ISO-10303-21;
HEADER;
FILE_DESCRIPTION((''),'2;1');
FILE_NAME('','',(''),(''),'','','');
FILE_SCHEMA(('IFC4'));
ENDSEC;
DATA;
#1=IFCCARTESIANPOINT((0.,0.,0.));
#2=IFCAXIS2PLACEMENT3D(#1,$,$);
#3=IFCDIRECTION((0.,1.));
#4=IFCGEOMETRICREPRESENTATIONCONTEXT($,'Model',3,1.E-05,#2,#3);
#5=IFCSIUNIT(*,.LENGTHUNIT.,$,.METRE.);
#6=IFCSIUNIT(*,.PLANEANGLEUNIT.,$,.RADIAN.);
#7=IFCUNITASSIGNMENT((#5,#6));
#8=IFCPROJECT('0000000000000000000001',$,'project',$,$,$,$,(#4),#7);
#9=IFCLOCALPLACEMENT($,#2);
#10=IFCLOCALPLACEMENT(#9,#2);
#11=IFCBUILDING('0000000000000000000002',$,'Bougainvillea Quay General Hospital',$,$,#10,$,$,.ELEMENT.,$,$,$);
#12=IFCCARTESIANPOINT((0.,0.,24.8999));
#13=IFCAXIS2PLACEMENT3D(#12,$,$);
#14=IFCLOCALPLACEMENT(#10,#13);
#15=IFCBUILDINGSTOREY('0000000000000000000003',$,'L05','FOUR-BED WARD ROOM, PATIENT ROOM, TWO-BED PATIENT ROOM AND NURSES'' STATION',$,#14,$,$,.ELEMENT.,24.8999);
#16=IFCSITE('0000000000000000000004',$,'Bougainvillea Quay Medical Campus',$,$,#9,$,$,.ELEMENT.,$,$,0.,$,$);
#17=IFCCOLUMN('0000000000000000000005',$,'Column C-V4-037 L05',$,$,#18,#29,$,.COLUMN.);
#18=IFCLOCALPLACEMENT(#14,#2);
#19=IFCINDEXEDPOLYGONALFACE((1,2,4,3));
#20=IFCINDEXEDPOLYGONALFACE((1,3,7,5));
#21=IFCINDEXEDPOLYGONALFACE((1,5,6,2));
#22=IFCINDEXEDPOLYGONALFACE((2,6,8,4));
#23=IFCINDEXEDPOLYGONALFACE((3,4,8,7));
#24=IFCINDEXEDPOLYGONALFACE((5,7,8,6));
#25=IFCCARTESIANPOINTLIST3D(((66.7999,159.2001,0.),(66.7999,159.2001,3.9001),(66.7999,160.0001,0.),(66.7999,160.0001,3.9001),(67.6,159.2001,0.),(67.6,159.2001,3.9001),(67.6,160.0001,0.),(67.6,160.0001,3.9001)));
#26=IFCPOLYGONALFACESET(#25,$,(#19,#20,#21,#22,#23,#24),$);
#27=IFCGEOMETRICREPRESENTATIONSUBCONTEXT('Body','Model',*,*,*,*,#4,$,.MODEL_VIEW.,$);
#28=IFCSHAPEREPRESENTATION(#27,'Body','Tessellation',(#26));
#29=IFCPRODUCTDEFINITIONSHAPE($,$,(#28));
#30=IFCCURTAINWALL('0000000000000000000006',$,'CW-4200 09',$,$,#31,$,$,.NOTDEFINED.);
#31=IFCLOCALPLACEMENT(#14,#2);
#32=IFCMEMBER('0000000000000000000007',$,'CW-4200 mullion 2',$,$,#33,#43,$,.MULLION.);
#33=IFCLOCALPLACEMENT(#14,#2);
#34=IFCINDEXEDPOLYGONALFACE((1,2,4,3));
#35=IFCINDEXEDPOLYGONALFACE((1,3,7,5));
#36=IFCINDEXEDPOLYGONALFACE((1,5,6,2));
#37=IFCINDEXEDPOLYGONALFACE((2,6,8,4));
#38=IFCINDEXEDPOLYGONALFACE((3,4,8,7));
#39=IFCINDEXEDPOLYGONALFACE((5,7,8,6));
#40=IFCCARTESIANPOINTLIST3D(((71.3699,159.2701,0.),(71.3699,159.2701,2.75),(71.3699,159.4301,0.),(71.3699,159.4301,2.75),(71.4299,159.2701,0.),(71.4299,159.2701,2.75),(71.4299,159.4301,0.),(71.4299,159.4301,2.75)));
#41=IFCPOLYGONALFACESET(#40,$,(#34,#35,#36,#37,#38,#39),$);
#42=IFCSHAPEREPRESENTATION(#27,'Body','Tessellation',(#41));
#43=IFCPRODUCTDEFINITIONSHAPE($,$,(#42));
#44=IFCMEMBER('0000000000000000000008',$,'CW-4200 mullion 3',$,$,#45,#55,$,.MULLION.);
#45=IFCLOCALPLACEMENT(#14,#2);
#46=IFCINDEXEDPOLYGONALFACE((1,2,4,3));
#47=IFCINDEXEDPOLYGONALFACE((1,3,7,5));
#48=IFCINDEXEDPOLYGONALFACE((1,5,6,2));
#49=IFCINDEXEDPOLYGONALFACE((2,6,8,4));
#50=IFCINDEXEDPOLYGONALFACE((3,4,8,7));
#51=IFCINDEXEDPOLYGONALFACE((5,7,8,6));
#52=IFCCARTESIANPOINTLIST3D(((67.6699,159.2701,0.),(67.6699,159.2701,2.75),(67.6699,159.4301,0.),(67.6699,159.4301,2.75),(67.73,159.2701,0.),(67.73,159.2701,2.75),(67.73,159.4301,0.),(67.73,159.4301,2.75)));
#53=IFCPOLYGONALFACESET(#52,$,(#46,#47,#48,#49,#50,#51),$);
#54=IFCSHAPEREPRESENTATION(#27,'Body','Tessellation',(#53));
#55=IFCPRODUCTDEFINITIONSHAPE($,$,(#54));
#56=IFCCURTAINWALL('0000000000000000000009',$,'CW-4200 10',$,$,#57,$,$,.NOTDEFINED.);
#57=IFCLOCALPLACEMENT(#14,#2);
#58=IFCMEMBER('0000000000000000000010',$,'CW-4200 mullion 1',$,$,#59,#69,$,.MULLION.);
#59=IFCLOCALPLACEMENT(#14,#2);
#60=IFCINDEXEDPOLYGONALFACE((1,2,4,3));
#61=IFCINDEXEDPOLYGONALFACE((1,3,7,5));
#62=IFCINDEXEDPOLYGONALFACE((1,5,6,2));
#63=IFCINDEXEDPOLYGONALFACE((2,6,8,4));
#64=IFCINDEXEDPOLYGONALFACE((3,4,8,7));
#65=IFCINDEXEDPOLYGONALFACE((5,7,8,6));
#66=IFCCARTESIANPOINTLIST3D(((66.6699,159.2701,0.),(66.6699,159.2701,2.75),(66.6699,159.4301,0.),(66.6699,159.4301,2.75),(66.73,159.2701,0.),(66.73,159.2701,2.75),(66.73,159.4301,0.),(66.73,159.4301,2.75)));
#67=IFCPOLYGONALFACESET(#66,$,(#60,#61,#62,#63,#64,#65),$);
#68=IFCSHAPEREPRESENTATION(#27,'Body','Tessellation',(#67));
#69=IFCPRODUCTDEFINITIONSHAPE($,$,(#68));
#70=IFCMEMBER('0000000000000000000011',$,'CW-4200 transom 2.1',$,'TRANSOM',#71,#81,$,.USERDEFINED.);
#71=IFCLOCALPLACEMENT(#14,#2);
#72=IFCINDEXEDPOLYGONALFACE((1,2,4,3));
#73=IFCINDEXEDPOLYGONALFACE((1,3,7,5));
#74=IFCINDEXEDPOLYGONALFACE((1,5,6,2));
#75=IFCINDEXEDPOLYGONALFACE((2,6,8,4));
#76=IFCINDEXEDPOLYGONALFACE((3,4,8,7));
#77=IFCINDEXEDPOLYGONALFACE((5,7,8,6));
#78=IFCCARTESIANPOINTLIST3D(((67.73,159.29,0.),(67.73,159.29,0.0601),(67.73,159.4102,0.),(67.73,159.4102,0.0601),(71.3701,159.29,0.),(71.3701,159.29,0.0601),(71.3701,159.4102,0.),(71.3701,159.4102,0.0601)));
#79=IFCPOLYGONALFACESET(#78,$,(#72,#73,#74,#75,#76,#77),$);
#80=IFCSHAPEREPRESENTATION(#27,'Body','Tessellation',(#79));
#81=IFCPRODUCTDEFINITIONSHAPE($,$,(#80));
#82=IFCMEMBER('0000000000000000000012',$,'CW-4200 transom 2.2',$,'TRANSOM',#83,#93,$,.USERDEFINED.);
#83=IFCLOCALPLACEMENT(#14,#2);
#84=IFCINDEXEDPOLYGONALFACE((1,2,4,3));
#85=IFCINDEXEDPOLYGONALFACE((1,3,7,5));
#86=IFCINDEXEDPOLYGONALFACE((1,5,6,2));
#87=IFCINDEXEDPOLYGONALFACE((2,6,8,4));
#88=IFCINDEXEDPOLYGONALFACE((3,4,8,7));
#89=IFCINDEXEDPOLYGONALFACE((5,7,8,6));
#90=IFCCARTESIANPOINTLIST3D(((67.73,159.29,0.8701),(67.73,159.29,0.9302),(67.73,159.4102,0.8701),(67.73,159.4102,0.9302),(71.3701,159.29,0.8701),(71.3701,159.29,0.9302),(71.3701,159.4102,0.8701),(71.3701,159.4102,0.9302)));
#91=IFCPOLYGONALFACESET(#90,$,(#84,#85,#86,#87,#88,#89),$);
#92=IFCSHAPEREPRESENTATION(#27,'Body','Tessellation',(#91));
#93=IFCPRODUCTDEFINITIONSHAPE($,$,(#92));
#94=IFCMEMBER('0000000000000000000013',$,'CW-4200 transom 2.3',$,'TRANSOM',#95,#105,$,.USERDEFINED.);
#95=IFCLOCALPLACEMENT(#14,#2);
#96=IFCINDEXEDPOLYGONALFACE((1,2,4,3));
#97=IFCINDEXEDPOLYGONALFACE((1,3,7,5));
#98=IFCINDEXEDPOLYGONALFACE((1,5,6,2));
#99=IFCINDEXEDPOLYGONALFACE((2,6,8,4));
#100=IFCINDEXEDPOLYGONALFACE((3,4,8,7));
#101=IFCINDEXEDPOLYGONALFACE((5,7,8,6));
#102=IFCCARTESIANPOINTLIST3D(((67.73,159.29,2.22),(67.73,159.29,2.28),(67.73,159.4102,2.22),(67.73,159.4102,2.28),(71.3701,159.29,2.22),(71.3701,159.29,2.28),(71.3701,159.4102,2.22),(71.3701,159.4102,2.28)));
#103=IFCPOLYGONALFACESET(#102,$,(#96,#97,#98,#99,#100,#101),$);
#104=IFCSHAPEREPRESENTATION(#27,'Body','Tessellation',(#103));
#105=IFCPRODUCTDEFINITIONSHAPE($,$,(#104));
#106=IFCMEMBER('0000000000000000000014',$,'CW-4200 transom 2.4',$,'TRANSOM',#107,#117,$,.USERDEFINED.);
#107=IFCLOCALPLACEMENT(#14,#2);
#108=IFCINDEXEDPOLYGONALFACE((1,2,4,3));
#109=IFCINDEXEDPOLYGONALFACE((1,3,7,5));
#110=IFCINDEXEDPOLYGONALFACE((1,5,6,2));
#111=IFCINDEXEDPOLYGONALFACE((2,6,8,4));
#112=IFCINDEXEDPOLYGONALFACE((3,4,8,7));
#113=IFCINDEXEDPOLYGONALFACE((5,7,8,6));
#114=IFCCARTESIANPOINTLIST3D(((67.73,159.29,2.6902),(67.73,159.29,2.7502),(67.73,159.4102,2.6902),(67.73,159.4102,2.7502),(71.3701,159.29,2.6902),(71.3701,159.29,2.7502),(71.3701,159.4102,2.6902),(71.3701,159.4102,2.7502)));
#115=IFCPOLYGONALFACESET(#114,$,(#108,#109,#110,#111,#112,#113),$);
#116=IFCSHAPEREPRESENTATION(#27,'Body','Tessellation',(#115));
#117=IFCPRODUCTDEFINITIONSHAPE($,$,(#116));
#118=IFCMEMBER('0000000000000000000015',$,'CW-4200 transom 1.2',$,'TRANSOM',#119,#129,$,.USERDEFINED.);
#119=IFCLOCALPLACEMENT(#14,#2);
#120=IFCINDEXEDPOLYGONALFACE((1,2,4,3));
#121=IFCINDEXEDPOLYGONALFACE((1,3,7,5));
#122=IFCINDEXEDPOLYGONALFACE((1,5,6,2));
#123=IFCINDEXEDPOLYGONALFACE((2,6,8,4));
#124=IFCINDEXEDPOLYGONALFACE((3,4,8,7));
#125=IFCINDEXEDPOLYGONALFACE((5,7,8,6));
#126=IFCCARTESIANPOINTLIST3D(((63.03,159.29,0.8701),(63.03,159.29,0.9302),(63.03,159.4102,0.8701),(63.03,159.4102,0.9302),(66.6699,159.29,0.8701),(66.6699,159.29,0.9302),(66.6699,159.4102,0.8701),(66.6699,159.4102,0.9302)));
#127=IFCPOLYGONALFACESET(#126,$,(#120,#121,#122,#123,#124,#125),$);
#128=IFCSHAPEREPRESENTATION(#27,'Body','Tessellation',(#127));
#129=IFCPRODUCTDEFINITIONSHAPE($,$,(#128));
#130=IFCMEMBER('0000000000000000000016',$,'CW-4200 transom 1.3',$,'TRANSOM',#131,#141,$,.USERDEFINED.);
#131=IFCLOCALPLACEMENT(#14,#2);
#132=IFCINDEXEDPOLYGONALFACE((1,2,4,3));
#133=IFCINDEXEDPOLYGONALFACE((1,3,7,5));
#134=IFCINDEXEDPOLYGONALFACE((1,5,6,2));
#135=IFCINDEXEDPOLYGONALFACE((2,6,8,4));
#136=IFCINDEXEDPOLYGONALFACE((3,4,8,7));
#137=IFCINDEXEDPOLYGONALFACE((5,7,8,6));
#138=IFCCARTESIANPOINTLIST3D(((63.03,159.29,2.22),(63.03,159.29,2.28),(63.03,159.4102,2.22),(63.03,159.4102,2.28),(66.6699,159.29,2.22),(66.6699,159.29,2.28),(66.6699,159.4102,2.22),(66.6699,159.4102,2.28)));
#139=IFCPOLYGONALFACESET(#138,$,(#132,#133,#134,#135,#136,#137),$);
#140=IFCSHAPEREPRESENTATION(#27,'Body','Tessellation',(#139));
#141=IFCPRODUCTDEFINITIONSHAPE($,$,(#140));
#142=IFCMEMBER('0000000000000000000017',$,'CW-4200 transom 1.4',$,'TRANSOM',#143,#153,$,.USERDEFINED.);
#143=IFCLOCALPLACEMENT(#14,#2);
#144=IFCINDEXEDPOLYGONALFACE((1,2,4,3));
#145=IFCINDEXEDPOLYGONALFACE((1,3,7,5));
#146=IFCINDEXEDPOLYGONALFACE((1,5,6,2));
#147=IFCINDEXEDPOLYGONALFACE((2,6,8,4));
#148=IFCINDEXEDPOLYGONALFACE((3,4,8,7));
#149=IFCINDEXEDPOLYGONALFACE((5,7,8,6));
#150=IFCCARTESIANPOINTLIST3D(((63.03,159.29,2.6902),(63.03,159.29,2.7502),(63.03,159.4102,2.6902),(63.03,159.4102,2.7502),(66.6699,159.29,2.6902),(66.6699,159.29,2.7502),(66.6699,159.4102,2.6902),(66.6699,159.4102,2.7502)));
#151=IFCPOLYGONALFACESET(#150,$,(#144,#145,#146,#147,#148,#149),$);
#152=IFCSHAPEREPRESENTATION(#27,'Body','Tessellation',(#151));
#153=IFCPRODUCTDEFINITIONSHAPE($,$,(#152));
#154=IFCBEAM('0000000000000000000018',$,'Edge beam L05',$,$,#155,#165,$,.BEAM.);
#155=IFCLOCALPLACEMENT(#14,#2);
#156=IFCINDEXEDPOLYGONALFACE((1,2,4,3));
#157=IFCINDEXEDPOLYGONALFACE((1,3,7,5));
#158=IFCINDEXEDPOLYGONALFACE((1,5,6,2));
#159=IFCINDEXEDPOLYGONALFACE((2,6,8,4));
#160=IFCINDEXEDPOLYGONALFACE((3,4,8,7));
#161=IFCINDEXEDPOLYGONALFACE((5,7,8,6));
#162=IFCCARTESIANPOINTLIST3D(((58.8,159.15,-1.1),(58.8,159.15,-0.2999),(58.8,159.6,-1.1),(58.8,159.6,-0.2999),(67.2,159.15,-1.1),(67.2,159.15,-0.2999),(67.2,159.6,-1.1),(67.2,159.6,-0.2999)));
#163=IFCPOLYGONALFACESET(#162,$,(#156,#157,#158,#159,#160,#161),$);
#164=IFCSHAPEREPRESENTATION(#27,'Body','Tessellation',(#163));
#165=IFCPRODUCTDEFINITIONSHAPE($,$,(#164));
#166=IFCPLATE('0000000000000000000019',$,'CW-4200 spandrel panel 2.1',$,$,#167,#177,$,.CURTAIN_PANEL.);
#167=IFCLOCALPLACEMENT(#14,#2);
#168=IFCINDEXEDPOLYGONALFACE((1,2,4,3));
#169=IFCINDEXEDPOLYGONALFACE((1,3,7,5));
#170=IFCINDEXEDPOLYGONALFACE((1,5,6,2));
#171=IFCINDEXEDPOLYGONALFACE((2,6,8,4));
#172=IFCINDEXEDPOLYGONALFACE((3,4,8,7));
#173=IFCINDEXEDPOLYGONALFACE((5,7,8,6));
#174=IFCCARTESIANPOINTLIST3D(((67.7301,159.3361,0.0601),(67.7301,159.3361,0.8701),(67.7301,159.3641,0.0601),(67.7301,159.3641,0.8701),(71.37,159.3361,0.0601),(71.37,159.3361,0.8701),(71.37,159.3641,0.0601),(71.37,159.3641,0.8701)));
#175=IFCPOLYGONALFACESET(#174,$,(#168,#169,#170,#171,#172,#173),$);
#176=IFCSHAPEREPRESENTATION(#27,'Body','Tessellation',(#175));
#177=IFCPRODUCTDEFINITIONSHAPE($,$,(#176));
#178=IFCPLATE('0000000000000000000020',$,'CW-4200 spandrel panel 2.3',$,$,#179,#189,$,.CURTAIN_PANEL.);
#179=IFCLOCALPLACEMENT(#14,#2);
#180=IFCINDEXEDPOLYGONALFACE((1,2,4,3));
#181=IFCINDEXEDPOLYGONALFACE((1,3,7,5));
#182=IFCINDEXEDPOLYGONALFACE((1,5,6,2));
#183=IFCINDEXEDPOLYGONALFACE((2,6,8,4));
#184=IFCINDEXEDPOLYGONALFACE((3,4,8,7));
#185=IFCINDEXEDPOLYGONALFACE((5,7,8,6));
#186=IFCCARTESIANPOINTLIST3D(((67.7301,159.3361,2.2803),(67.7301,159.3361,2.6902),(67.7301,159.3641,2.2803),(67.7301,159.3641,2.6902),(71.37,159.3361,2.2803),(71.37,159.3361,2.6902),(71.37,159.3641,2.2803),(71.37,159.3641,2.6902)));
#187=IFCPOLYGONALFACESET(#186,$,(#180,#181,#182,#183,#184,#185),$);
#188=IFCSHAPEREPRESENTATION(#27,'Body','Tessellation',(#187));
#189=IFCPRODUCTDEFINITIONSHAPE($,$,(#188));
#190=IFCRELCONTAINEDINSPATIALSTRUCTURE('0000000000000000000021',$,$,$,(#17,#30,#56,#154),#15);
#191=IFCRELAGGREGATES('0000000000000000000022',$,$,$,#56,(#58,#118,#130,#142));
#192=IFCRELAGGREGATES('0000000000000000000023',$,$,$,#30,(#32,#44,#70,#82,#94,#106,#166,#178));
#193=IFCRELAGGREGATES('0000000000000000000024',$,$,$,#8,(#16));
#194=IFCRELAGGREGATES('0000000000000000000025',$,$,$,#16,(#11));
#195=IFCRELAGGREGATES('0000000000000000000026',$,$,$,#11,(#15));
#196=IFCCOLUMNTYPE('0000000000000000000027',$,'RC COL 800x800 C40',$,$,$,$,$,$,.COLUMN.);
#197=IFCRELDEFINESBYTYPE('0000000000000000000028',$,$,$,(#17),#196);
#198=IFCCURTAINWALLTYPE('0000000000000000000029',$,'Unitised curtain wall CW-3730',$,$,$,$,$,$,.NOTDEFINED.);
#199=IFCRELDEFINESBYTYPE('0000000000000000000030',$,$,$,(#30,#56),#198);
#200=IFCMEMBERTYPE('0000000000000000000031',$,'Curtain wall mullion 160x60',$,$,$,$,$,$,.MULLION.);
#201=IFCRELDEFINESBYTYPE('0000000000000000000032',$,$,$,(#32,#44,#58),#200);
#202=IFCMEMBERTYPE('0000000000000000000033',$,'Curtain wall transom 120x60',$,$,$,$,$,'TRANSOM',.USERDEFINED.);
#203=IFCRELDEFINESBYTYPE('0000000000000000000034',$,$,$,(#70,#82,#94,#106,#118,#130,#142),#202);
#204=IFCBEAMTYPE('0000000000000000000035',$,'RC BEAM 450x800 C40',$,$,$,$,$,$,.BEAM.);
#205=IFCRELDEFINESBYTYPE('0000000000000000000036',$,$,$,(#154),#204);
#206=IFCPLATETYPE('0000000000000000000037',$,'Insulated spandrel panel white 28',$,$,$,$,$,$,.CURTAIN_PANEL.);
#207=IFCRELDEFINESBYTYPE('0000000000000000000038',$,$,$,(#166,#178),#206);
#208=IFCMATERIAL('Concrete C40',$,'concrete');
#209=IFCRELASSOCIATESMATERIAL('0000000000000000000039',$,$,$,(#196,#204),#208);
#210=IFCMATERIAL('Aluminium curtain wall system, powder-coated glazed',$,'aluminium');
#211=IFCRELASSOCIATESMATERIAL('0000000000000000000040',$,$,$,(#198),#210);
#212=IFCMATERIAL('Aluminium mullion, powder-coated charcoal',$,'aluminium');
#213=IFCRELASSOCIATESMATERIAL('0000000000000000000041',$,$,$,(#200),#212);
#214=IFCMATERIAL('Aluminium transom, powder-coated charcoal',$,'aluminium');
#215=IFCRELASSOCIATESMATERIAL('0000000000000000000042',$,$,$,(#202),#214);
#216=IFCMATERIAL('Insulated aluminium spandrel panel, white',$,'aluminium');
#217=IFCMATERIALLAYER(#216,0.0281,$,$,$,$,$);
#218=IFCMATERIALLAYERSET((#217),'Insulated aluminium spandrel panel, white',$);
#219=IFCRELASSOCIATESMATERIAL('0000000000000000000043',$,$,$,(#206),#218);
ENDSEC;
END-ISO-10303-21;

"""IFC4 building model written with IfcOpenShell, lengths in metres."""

from ifc_helpers import new_model, si_unit, direction, frame, origin, origin_2d, place, context, subcontext, project, spatial, rectangle, extrude, material, layer, layer_set, material_profile, profile_set, type_object, element, aggregate, save


model = new_model("IFC4")

# Units and contexts
model_context = context("Model", 3, precision=1e-05, world=origin(), true_north=direction((0.0, 1.0)))
body_context = subcontext(model_context, "Body", "Model", "MODEL_VIEW")
ifc_project = project(units=[si_unit("LENGTHUNIT", "METRE"), si_unit("PLANEANGLEUNIT", "RADIAN")], contexts=[model_context])

# Site, building, storey
site_placement = place(None, origin())
site = spatial("IfcSite", under=ifc_project, at=site_placement, Name="Bougainvillea Quay Medical Campus", CompositionType="ELEMENT", RefElevation=0.0)
building_placement = place(site_placement, origin())
building = spatial("IfcBuilding", under=site, at=building_placement, Name="Bougainvillea Quay General Hospital", CompositionType="ELEMENT")
storey_placement = place(building_placement, frame((0.0, 0.0, 24.8999)))
storey = spatial("IfcBuildingStorey", under=building, at=storey_placement, Name="L05", Description="FOUR-BED WARD ROOM, PATIENT ROOM, TWO-BED PATIENT ROOM AND NURSES' STATION", CompositionType="ELEMENT", Elevation=24.8999)

# Column
ifc_material_1 = material(Name="Concrete C40", Category="concrete")
ifc_material_profile_1 = material_profile(ifc_material_1, rectangle(XDim=0.8, YDim=0.8, at=origin_2d()))
ifc_profile_set_1 = profile_set([ifc_material_profile_1], Name="Concrete C40")
column_type = type_object("IfcColumnType", Name="RC COL 800x800 C40", PredefinedType="COLUMN", material=ifc_profile_set_1)
column_placement = place(storey_placement, frame((67.2, 159.6001, 0.0), z_axis=(0.0, 0.0, 1.0), x_axis=(1.0, 0.0, 0.0)))
element("IfcColumn", 1, at=column_placement, inside=storey, type_object=column_type, Name="Column C-V4-037 L05", PredefinedType="COLUMN", context=body_context, shape_type="SweptSolid", body=[
    extrude(rectangle(XDim=0.8, YDim=0.8, at=origin_2d()), origin(), (0.0, 0.0, 1.0), 3.9001),
])

# Curtain wall, members
ifc_material_2 = material(Name="Aluminium curtain wall system, powder-coated glazed", Category="aluminium")
curtain_wall_type = type_object("IfcCurtainWallType", Name="Unitised curtain wall CW-3730", PredefinedType="NOTDEFINED", material=ifc_material_2)
curtain_wall_1_placement = place(storey_placement, origin())
curtain_wall_1 = element("IfcCurtainWall", 2, at=curtain_wall_1_placement, inside=storey, type_object=curtain_wall_type, Name="CW-4200 09", PredefinedType="NOTDEFINED")
ifc_material_3 = material(Name="Aluminium mullion, powder-coated charcoal", Category="aluminium")
ifc_material_profile_2 = material_profile(ifc_material_3, rectangle(XDim=0.1599, YDim=0.0601, at=origin_2d()))
ifc_profile_set_2 = profile_set([ifc_material_profile_2], Name="Aluminium mullion, powder-coated charcoal")
member_type_1 = type_object("IfcMemberType", Name="Curtain wall mullion 160x60", PredefinedType="MULLION", material=ifc_profile_set_2)
member_1_placement = place(storey_placement, frame((71.3999, 159.3501, 0.0), z_axis=(0.0, 0.0, 1.0), x_axis=(0.0, -1.0, 0.0)))
member_1 = element("IfcMember", 3, at=member_1_placement, type_object=member_type_1, Name="CW-4200 mullion 2", PredefinedType="MULLION", context=body_context, shape_type="SweptSolid", body=[
    extrude(rectangle(XDim=0.1599, YDim=0.0601, at=origin_2d()), origin(), (0.0, 0.0, 1.0), 2.75),
])
member_2_placement = place(storey_placement, frame((67.7, 159.3501, 0.0), z_axis=(0.0, 0.0, 1.0), x_axis=(0.0, -1.0, 0.0)))
member_2 = element("IfcMember", 4, at=member_2_placement, type_object=member_type_1, Name="CW-4200 mullion 3", PredefinedType="MULLION", context=body_context, shape_type="SweptSolid", body=[
    extrude(rectangle(XDim=0.1599, YDim=0.0601, at=origin_2d()), origin(), (0.0, 0.0, 1.0), 2.75),
])

# Curtain wall, member
curtain_wall_2_placement = place(storey_placement, origin())
curtain_wall_2 = element("IfcCurtainWall", 5, at=curtain_wall_2_placement, inside=storey, type_object=curtain_wall_type, Name="CW-4200 10", PredefinedType="NOTDEFINED")
member_3_placement = place(storey_placement, frame((66.7, 159.3501, 0.0), z_axis=(0.0, 0.0, 1.0), x_axis=(0.0, -1.0, 0.0)))
member_3 = element("IfcMember", 6, at=member_3_placement, type_object=member_type_1, Name="CW-4200 mullion 1", PredefinedType="MULLION", context=body_context, shape_type="SweptSolid", body=[
    extrude(rectangle(XDim=0.1599, YDim=0.0601, at=origin_2d()), origin(), (0.0, 0.0, 1.0), 2.75),
])

# Members
ifc_material_4 = material(Name="Aluminium transom, powder-coated charcoal", Category="aluminium")
ifc_material_profile_3 = material_profile(ifc_material_4, rectangle(XDim=0.1201, YDim=0.0601, at=origin_2d()))
ifc_profile_set_3 = profile_set([ifc_material_profile_3], Name="Aluminium transom, powder-coated charcoal")
member_type_2 = type_object("IfcMemberType", Name="Curtain wall transom 120x60", ElementType="TRANSOM", PredefinedType="USERDEFINED", material=ifc_profile_set_3)
member_4_placement = place(storey_placement, frame((71.3701, 159.3501, 0.03), z_axis=(-1.0, 0.0, 0.0), x_axis=(0.0, -1.0, 0.0)))
member_4 = element("IfcMember", 7, at=member_4_placement, type_object=member_type_2, Name="CW-4200 transom 2.1", ObjectType="TRANSOM", PredefinedType="USERDEFINED", context=body_context, shape_type="SweptSolid", body=[
    extrude(rectangle(XDim=0.1201, YDim=0.0601, at=origin_2d()), origin(), (0.0, 0.0, 1.0), 3.6401),
])
member_5_placement = place(storey_placement, frame((71.3701, 159.3501, 0.9001), z_axis=(-1.0, 0.0, 0.0), x_axis=(0.0, -1.0, 0.0)))
member_5 = element("IfcMember", 8, at=member_5_placement, type_object=member_type_2, Name="CW-4200 transom 2.2", ObjectType="TRANSOM", PredefinedType="USERDEFINED", context=body_context, shape_type="SweptSolid", body=[
    extrude(rectangle(XDim=0.1201, YDim=0.0601, at=origin_2d()), origin(), (0.0, 0.0, 1.0), 3.6401),
])
member_6_placement = place(storey_placement, frame((71.3701, 159.3501, 2.25), z_axis=(-1.0, 0.0, 0.0), x_axis=(0.0, -1.0, 0.0)))
member_6 = element("IfcMember", 9, at=member_6_placement, type_object=member_type_2, Name="CW-4200 transom 2.3", ObjectType="TRANSOM", PredefinedType="USERDEFINED", context=body_context, shape_type="SweptSolid", body=[
    extrude(rectangle(XDim=0.1201, YDim=0.0601, at=origin_2d()), origin(), (0.0, 0.0, 1.0), 3.6401),
])
member_7_placement = place(storey_placement, frame((71.3701, 159.3501, 2.7202), z_axis=(-1.0, 0.0, 0.0), x_axis=(0.0, -1.0, 0.0)))
member_7 = element("IfcMember", 10, at=member_7_placement, type_object=member_type_2, Name="CW-4200 transom 2.4", ObjectType="TRANSOM", PredefinedType="USERDEFINED", context=body_context, shape_type="SweptSolid", body=[
    extrude(rectangle(XDim=0.1201, YDim=0.0601, at=origin_2d()), origin(), (0.0, 0.0, 1.0), 3.6401),
])
member_8_placement = place(storey_placement, frame((66.6699, 159.3501, 0.9001), z_axis=(-1.0, 0.0, 0.0), x_axis=(0.0, -1.0, 0.0)))
member_8 = element("IfcMember", 11, at=member_8_placement, type_object=member_type_2, Name="CW-4200 transom 1.2", ObjectType="TRANSOM", PredefinedType="USERDEFINED", context=body_context, shape_type="SweptSolid", body=[
    extrude(rectangle(XDim=0.1201, YDim=0.0601, at=origin_2d()), origin(), (0.0, 0.0, 1.0), 3.6399),
])
member_9_placement = place(storey_placement, frame((66.6699, 159.3501, 2.25), z_axis=(-1.0, 0.0, 0.0), x_axis=(0.0, -1.0, 0.0)))
member_9 = element("IfcMember", 12, at=member_9_placement, type_object=member_type_2, Name="CW-4200 transom 1.3", ObjectType="TRANSOM", PredefinedType="USERDEFINED", context=body_context, shape_type="SweptSolid", body=[
    extrude(rectangle(XDim=0.1201, YDim=0.0601, at=origin_2d()), origin(), (0.0, 0.0, 1.0), 3.6399),
])
member_10_placement = place(storey_placement, frame((66.6699, 159.3501, 2.7202), z_axis=(-1.0, 0.0, 0.0), x_axis=(0.0, -1.0, 0.0)))
member_10 = element("IfcMember", 13, at=member_10_placement, type_object=member_type_2, Name="CW-4200 transom 1.4", ObjectType="TRANSOM", PredefinedType="USERDEFINED", context=body_context, shape_type="SweptSolid", body=[
    extrude(rectangle(XDim=0.1201, YDim=0.0601, at=origin_2d()), origin(), (0.0, 0.0, 1.0), 3.6399),
])
aggregate(curtain_wall_2, [member_3, member_8, member_9, member_10])

# Beam
ifc_material_profile_4 = material_profile(ifc_material_1, rectangle(XDim=0.45, YDim=0.8, at=origin_2d()))
ifc_profile_set_4 = profile_set([ifc_material_profile_4], Name="Concrete C40")
beam_type = type_object("IfcBeamType", Name="RC BEAM 450x800 C40", PredefinedType="BEAM", material=ifc_profile_set_4)
beam_placement = place(storey_placement, frame((67.2, 159.375, -0.7), z_axis=(-1.0, 0.0, 0.0), x_axis=(0.0, -1.0, 0.0)))
element("IfcBeam", 14, at=beam_placement, inside=storey, type_object=beam_type, Name="Edge beam L05", PredefinedType="BEAM", context=body_context, shape_type="SweptSolid", body=[
    extrude(rectangle(XDim=0.45, YDim=0.8, at=origin_2d()), origin(), (0.0, 0.0, 1.0), 8.3999),
])

# Plates
ifc_material_5 = material(Name="Insulated aluminium spandrel panel, white", Category="aluminium")
ifc_layer_1 = layer(ifc_material_5, 0.0281)
ifc_layer_set_1 = layer_set([ifc_layer_1], Name="Insulated aluminium spandrel panel, white")
plate_type_1 = type_object("IfcPlateType", Name="Insulated spandrel panel white 28", PredefinedType="CURTAIN_PANEL", material=ifc_layer_set_1)
plate_1_placement = place(storey_placement, frame((69.55, 159.3501, 0.0601), z_axis=(0.0, 0.0, 1.0), x_axis=(-1.0, 0.0, 0.0)))
plate_1 = element("IfcPlate", 15, at=plate_1_placement, type_object=plate_type_1, Name="CW-4200 spandrel panel 2.1", PredefinedType="CURTAIN_PANEL", context=body_context, shape_type="SweptSolid", body=[
    extrude(rectangle(XDim=3.6399, YDim=0.0281, at=origin_2d()), origin(), (0.0, 0.0, 1.0), 0.8101),
])
plate_2_placement = place(storey_placement, frame((69.55, 159.3501, 2.2803), z_axis=(0.0, 0.0, 1.0), x_axis=(-1.0, 0.0, 0.0)))
plate_2 = element("IfcPlate", 16, at=plate_2_placement, type_object=plate_type_1, Name="CW-4200 spandrel panel 2.3", PredefinedType="CURTAIN_PANEL", context=body_context, shape_type="SweptSolid", body=[
    extrude(rectangle(XDim=3.6399, YDim=0.0281, at=origin_2d()), origin(), (0.0, 0.0, 1.0), 0.4099),
])
aggregate(curtain_wall_1, [member_1, member_2, member_4, member_5, member_6, member_7, plate_1, plate_2])

save(model, "model.ifc")
